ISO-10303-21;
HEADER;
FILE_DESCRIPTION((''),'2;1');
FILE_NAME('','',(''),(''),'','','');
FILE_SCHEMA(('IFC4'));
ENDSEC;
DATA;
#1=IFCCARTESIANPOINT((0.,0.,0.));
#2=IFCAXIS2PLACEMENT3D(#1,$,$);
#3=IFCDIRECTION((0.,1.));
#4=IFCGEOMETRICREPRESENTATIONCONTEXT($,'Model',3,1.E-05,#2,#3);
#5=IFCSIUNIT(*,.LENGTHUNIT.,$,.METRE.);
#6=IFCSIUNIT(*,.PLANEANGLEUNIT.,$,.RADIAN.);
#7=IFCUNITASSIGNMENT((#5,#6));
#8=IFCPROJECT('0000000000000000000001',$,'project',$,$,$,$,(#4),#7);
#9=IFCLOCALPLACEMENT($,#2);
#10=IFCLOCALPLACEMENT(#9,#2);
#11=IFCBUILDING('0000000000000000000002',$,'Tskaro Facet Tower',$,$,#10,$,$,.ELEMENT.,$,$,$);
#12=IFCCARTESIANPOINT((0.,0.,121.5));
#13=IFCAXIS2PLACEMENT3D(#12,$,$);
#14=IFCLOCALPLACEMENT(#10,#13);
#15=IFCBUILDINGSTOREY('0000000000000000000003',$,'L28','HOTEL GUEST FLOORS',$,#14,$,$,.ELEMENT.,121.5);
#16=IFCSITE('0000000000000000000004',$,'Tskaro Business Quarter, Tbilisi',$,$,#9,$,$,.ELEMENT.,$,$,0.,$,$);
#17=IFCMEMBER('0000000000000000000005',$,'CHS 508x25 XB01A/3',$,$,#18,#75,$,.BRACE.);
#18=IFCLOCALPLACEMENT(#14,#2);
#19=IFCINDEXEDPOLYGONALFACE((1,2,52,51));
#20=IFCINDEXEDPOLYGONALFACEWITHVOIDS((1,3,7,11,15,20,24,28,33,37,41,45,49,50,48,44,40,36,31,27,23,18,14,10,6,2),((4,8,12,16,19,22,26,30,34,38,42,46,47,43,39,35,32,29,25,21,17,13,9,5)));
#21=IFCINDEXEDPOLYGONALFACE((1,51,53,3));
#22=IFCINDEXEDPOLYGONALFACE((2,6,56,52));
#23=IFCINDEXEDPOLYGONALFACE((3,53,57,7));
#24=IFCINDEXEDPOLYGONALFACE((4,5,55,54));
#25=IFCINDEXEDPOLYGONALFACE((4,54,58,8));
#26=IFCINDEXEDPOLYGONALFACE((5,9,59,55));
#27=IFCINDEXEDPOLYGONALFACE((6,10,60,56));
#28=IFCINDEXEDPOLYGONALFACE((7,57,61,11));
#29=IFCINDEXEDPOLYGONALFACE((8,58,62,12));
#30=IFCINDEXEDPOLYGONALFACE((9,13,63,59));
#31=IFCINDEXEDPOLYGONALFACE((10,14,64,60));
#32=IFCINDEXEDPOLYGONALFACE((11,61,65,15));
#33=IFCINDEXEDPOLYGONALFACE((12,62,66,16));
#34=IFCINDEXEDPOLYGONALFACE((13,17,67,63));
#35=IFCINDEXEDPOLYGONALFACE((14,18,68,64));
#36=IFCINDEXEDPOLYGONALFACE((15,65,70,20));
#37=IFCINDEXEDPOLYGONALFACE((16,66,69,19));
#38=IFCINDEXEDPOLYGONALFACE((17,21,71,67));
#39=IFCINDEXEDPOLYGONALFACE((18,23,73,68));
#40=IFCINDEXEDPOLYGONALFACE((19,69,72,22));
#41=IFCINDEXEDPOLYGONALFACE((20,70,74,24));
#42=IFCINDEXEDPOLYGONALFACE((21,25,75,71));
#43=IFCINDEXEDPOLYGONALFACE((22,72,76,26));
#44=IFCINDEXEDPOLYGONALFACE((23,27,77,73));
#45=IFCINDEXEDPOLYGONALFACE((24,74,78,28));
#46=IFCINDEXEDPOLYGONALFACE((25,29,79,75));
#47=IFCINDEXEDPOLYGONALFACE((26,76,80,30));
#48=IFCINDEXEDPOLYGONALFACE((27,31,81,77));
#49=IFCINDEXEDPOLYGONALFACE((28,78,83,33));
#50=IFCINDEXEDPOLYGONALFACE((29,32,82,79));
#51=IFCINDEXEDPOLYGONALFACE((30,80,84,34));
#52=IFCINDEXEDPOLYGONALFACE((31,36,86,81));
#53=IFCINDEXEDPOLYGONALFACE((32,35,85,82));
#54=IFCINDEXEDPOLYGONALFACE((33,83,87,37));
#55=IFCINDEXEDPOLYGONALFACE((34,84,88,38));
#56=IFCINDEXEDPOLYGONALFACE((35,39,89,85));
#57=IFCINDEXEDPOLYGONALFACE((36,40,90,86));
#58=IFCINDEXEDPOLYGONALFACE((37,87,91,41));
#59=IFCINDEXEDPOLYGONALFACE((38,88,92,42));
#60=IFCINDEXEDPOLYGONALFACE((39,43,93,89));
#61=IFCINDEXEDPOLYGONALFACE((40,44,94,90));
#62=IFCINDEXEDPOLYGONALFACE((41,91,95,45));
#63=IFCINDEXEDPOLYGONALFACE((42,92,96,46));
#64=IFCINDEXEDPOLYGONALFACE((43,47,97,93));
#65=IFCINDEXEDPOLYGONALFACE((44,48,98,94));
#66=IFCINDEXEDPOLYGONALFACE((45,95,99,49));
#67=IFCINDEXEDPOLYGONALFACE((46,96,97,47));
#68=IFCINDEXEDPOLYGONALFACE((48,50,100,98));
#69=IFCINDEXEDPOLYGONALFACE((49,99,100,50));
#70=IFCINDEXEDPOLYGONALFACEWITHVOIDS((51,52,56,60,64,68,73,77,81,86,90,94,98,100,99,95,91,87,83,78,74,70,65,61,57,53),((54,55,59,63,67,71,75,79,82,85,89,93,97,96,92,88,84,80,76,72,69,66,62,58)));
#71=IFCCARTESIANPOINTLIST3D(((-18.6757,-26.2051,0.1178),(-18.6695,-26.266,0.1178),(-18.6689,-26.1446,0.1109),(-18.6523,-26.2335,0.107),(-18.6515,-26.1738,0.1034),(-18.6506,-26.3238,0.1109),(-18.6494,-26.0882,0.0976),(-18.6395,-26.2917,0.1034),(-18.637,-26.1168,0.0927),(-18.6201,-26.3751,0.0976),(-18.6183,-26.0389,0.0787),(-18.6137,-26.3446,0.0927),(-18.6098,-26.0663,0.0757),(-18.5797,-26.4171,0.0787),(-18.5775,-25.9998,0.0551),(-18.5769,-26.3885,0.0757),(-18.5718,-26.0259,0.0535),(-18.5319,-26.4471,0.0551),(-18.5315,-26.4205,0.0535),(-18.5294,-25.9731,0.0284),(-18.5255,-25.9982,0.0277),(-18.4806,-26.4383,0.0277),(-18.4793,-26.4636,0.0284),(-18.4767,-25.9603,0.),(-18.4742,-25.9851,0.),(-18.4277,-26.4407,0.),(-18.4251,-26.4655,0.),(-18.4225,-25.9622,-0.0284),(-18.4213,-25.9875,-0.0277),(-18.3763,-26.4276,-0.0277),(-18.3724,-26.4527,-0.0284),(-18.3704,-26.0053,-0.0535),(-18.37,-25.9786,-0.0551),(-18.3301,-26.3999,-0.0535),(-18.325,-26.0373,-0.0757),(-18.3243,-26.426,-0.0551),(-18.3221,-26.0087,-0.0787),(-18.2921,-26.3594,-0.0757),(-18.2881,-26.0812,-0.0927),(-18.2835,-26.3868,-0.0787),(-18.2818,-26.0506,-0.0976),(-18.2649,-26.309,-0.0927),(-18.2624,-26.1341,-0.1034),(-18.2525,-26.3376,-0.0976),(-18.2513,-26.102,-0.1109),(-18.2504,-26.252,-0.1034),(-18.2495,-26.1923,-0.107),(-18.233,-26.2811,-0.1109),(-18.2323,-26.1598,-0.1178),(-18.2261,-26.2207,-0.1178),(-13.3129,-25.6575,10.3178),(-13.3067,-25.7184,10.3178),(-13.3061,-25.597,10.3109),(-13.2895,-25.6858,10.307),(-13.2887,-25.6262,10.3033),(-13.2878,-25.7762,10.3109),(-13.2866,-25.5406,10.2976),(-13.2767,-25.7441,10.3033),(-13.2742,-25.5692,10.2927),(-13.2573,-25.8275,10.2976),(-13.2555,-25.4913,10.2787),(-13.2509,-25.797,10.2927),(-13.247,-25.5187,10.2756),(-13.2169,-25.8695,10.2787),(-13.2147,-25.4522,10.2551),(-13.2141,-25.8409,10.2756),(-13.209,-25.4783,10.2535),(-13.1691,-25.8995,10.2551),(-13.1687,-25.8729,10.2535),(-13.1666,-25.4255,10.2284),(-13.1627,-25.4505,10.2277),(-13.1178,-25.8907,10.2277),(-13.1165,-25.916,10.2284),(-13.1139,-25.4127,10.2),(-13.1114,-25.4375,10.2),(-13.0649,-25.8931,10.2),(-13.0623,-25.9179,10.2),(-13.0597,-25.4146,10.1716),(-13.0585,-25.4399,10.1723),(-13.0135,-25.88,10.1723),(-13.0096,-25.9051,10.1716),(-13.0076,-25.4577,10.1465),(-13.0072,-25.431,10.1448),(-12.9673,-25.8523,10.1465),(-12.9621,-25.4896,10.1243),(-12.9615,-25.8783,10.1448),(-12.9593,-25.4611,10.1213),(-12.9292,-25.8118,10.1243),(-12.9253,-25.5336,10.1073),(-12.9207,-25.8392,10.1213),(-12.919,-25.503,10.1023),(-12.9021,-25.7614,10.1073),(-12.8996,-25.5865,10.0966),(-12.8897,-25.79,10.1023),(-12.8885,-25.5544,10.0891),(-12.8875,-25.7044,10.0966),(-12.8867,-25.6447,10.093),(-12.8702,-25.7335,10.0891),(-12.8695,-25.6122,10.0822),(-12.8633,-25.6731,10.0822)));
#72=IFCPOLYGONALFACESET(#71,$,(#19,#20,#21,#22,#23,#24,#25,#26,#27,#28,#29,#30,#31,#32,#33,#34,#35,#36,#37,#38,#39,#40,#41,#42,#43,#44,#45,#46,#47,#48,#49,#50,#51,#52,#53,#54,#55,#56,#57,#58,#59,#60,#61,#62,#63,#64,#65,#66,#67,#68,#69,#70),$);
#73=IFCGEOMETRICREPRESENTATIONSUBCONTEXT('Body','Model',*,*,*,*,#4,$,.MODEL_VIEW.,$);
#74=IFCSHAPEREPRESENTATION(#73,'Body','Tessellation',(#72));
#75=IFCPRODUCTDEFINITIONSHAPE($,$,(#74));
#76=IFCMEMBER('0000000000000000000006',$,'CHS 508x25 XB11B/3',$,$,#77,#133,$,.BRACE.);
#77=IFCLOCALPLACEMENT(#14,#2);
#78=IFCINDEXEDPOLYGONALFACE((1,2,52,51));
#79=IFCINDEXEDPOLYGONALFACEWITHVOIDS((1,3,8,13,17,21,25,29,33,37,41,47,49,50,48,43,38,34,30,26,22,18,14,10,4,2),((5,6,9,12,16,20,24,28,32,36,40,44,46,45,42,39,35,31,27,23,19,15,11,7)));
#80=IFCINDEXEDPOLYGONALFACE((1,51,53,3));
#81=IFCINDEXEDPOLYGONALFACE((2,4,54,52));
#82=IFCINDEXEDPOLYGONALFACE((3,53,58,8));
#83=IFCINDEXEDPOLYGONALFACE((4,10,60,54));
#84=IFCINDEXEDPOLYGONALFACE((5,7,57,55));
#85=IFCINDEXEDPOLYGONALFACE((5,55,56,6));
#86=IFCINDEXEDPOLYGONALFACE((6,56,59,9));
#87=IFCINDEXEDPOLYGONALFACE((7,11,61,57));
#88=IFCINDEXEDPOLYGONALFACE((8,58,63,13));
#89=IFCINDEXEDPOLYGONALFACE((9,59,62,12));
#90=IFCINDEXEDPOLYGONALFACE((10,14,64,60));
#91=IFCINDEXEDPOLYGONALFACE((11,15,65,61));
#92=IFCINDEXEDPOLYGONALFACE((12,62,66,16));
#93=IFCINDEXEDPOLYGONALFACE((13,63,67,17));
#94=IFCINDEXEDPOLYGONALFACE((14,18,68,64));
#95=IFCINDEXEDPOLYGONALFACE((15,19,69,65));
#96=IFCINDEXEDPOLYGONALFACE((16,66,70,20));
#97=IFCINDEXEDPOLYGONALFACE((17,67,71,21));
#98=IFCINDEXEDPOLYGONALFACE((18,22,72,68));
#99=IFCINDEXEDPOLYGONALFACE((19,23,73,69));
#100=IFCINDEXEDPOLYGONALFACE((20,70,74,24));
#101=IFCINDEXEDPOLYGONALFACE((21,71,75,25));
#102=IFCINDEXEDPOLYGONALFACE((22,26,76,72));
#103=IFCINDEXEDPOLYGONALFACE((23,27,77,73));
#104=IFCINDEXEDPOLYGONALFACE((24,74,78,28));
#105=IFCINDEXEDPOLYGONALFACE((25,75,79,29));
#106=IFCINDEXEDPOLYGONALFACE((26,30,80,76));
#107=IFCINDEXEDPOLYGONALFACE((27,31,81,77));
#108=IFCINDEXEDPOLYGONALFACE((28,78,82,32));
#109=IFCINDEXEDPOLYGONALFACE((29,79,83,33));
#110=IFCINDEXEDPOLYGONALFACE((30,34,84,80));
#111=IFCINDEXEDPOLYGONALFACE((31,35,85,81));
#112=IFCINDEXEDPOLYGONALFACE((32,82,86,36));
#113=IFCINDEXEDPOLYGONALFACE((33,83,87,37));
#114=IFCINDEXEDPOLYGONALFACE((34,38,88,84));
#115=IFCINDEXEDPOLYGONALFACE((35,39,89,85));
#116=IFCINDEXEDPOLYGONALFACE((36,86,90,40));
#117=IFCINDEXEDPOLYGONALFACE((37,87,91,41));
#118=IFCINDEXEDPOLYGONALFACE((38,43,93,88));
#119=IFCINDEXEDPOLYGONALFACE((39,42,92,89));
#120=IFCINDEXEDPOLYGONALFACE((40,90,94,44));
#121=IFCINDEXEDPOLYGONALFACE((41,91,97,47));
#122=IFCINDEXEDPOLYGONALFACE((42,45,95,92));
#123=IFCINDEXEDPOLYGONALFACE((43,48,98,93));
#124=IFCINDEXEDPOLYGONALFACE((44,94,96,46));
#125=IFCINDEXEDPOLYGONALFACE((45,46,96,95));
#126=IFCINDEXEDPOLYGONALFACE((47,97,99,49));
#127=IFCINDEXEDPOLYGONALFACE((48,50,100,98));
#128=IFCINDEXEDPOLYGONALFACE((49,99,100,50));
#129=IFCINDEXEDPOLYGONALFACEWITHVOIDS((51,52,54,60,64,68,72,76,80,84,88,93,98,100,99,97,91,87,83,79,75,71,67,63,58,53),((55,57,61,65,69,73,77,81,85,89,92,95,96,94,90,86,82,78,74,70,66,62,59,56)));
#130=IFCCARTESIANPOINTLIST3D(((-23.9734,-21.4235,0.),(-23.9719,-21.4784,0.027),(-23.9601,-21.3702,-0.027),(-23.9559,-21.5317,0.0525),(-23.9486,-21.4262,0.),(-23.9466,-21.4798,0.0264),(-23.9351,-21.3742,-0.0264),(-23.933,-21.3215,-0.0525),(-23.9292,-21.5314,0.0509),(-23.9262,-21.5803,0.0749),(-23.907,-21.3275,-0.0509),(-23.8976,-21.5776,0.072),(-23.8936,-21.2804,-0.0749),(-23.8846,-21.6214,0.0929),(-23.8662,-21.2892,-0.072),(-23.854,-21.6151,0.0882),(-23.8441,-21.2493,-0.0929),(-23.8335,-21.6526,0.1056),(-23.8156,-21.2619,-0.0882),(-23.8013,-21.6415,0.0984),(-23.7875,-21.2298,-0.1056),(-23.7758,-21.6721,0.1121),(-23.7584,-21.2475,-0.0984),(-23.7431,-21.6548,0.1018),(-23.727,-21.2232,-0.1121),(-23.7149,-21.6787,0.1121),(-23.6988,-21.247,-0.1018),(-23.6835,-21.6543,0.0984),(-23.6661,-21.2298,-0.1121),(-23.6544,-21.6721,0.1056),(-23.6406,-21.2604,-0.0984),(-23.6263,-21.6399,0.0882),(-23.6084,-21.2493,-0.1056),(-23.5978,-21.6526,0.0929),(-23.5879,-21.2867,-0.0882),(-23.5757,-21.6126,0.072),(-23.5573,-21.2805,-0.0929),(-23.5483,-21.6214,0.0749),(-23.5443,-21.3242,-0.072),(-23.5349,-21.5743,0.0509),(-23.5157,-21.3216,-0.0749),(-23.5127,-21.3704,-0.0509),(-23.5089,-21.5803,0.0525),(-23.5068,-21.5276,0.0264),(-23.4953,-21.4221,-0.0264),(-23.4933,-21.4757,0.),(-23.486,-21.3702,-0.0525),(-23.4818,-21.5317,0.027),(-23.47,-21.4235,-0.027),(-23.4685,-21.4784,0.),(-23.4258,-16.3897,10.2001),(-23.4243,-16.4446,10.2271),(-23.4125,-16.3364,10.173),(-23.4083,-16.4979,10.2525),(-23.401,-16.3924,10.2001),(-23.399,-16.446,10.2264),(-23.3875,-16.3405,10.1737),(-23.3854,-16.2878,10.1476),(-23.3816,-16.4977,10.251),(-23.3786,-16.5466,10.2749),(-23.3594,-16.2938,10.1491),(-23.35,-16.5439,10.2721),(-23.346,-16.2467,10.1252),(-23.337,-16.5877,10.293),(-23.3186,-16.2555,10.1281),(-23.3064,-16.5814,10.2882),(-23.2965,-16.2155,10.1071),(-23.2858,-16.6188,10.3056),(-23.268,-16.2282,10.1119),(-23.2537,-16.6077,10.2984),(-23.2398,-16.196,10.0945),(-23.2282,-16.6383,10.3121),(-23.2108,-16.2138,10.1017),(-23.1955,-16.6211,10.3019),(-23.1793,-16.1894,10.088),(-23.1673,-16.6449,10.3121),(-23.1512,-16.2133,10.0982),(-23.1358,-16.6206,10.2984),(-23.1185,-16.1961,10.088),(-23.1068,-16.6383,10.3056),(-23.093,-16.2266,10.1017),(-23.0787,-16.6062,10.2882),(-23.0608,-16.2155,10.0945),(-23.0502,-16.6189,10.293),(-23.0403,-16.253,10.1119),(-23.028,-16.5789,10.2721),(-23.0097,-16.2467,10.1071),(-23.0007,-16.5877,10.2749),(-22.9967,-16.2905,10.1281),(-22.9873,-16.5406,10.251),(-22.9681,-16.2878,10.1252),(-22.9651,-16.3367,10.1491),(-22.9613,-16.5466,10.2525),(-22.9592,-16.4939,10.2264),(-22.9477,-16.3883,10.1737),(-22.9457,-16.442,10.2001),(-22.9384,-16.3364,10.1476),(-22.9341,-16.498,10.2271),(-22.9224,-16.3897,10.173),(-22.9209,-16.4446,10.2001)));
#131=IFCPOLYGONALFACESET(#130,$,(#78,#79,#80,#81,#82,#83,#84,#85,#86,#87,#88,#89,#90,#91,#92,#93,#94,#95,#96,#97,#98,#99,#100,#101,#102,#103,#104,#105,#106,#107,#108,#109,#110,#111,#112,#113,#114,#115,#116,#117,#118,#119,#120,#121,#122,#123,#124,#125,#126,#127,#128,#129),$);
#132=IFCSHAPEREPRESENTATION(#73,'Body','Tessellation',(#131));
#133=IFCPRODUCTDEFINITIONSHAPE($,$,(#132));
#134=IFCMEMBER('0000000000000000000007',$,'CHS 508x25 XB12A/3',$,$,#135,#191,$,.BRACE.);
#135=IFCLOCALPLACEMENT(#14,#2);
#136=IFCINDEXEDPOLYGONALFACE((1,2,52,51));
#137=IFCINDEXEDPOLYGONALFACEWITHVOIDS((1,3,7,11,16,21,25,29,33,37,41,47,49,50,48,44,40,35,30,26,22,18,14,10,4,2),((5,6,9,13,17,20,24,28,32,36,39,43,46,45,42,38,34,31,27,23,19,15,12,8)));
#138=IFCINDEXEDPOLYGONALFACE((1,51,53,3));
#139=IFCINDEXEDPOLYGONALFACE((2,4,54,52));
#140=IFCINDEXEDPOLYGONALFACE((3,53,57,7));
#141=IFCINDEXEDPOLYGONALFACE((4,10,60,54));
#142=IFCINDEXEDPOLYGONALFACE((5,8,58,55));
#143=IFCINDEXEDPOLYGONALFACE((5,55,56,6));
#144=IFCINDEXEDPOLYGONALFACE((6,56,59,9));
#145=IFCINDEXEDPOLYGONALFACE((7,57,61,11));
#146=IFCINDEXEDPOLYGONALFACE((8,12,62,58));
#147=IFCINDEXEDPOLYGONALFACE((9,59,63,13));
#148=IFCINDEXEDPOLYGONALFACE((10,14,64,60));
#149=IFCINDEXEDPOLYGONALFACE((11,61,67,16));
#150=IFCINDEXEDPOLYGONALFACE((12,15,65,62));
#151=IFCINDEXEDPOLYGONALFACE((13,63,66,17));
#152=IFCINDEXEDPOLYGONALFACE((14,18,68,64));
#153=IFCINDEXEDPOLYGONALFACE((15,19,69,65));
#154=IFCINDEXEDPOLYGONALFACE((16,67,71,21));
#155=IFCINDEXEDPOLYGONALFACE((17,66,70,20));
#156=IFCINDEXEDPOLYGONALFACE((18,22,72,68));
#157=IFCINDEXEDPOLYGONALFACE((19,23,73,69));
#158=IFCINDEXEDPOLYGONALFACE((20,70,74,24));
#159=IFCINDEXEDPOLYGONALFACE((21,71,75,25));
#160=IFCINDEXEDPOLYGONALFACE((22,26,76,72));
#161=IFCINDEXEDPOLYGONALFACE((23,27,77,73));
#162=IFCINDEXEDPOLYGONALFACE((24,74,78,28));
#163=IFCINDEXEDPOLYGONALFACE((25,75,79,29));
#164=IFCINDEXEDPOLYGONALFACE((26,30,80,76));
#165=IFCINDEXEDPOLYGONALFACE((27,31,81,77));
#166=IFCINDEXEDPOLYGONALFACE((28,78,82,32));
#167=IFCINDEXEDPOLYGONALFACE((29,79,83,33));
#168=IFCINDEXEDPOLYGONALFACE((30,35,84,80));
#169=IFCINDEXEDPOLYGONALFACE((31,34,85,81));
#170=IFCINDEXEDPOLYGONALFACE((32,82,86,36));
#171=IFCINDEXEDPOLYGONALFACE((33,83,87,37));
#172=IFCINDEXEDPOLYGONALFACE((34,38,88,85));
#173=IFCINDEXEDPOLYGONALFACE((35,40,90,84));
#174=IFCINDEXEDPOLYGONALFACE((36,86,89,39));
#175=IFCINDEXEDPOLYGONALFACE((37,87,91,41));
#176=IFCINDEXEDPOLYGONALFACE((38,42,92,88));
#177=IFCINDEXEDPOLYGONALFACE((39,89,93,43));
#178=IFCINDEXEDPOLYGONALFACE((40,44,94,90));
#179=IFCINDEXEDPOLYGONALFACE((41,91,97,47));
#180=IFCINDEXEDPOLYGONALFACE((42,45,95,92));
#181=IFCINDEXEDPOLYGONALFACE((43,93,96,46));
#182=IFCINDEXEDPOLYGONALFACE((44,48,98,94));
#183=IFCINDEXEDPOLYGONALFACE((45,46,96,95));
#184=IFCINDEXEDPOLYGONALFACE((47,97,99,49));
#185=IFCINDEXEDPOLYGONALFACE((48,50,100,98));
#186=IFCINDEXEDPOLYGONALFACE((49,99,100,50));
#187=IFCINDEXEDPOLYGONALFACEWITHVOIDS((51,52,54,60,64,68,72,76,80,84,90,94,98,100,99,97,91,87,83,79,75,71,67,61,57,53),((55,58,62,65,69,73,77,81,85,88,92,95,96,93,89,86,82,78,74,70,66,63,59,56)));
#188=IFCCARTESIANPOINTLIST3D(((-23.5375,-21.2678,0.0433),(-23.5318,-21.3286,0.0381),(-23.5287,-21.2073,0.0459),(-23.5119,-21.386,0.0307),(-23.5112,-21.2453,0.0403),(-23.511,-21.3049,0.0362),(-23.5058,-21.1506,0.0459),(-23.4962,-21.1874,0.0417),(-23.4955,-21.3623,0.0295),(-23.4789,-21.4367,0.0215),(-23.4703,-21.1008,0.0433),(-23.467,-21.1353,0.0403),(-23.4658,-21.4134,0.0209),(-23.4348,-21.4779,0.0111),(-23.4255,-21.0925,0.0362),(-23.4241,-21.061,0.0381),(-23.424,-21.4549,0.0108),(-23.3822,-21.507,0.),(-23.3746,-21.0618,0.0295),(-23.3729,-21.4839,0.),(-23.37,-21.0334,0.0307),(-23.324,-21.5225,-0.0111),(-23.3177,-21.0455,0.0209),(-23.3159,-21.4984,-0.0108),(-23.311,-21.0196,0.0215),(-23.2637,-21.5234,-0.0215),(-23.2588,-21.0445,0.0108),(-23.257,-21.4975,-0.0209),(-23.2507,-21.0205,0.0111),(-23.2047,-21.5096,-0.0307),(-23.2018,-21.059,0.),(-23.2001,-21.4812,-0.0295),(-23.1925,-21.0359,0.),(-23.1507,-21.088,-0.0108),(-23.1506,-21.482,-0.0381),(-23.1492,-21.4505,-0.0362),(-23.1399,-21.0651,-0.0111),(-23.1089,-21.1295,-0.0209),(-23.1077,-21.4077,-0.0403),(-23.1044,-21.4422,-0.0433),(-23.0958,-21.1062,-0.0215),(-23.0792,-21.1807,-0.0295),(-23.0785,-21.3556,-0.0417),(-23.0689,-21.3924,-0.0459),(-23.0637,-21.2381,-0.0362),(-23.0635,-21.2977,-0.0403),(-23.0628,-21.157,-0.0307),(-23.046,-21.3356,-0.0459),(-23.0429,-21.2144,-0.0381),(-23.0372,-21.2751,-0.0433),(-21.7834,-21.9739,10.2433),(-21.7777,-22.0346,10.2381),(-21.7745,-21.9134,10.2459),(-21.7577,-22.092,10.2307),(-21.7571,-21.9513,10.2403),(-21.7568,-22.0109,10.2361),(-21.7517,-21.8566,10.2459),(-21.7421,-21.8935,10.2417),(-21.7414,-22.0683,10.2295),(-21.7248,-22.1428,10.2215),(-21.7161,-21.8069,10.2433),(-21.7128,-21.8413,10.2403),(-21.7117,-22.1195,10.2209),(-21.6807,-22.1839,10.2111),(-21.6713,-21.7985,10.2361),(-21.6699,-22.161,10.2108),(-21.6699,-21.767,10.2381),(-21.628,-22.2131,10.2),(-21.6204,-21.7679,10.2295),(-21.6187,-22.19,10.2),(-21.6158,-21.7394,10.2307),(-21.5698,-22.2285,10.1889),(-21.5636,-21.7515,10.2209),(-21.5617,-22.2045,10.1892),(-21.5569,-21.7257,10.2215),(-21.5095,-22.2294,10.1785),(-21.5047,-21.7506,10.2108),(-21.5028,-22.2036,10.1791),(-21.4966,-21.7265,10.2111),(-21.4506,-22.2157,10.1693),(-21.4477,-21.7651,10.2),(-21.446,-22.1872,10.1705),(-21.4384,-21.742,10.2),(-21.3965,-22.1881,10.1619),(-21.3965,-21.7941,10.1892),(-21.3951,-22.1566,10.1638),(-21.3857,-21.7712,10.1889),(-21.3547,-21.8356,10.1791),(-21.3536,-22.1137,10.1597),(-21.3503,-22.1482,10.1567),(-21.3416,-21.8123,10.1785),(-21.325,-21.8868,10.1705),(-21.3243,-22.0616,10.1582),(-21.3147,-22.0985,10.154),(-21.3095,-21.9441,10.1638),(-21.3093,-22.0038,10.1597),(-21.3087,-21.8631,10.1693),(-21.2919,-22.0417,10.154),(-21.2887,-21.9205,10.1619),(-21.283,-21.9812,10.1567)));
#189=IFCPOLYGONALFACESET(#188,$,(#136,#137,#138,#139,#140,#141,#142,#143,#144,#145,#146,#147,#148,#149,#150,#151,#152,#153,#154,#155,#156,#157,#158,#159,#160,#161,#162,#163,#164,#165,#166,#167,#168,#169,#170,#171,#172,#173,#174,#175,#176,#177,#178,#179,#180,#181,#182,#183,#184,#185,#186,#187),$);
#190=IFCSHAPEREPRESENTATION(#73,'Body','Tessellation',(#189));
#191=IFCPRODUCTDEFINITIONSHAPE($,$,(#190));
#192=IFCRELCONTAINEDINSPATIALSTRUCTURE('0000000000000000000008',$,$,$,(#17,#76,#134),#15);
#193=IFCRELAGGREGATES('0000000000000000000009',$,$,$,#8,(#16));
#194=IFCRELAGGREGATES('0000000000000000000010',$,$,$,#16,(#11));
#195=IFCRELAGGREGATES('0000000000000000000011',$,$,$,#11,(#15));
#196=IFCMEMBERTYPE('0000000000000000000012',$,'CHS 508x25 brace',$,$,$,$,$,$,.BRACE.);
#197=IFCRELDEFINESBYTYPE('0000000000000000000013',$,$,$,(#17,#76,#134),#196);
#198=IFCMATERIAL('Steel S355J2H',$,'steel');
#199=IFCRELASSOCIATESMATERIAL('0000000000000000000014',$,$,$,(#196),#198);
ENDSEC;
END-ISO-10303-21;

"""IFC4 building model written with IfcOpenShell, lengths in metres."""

from ifc_helpers import new_model, si_unit, direction, frame, origin, origin_2d, place, context, subcontext, project, spatial, hollow_circle, extrude, material, material_profile, profile_set, type_object, element, save


model = new_model("IFC4")

# Units and contexts
model_context = context("Model", 3, precision=1e-05, world=origin(), true_north=direction((0.0, 1.0)))
body_context = subcontext(model_context, "Body", "Model", "MODEL_VIEW")
ifc_project = project(units=[si_unit("LENGTHUNIT", "METRE"), si_unit("PLANEANGLEUNIT", "RADIAN")], contexts=[model_context])

# Site, building, storey
site_placement = place(None, origin())
site = spatial("IfcSite", under=ifc_project, at=site_placement, Name="Tskaro Business Quarter, Tbilisi", CompositionType="ELEMENT", RefElevation=0.0)
building_placement = place(site_placement, origin())
building = spatial("IfcBuilding", under=site, at=building_placement, Name="Tskaro Facet Tower", CompositionType="ELEMENT")
storey_placement = place(building_placement, frame((0.0, 0.0, 121.5)))
storey = spatial("IfcBuildingStorey", under=building, at=storey_placement, Name="L28", Description="HOTEL GUEST FLOORS", CompositionType="ELEMENT", Elevation=121.5)

# Shared definitions
ifc_material_1 = material(Name="Steel S355J2H", Category="steel")

# Members
ifc_material_profile_1 = material_profile(ifc_material_1, hollow_circle(Radius=0.2539, WallThickness=0.0249, at=origin_2d()), Name="CHS 508x25")
ifc_profile_set_1 = profile_set([ifc_material_profile_1], Name="Steel S355J2H")
member_type_1 = type_object("IfcMemberType", Name="CHS 508x25 brace", PredefinedType="BRACE", material=ifc_profile_set_1)
member_1_placement = place(storey_placement, frame((-18.4509, -26.2129, 0.0), z_axis=(0.464841, 0.047466, 0.884121), x_axis=(-0.101584, 0.994827, 0.0)))
element("IfcMember", 1, at=member_1_placement, inside=storey, type_object=member_type_1, Name="CHS 508x25 XB01A/3", PredefinedType="BRACE", context=body_context, shape_type="SweptSolid", body=[
    extrude(hollow_circle(Radius=0.2539, WallThickness=0.0249, at=origin_2d()), origin(), (0.0, 0.0, 1.0), 11.5369),
])
member_2_placement = place(storey_placement, frame((-23.7209, -21.4509, 0.0), z_axis=(0.048088, 0.442034, 0.895709), x_axis=(-0.994135, 0.10815, 0.0)))
element("IfcMember", 2, at=member_2_placement, inside=storey, type_object=member_type_1, Name="CHS 508x25 XB11B/3", PredefinedType="BRACE", context=body_context, shape_type="SweptSolid", body=[
    extrude(hollow_circle(Radius=0.2539, WallThickness=0.0249, at=origin_2d()), origin(), (0.0, 0.0, 1.0), 11.3877),
])
for number, where, z_axis, x_axis, name in (
    (3, (-23.2874, -21.2715, 0.0), (0.169095, -0.068062, 0.983247), (0.373393, 0.927673, 0.0), "CHS 508x25 XB12A/3"),
):
    element("IfcMember", number, at=place(storey_placement, frame(where, z_axis=z_axis, x_axis=x_axis)), inside=storey, type_object=member_type_1, Name=name, PredefinedType="BRACE", context=body_context, shape_type="SweptSolid", body=[
        extrude(hollow_circle(Radius=0.2539, WallThickness=0.0249, at=origin_2d()), origin(), (0.0, 0.0, 1.0), 10.3738),
    ])

save(model, "model.ifc")
